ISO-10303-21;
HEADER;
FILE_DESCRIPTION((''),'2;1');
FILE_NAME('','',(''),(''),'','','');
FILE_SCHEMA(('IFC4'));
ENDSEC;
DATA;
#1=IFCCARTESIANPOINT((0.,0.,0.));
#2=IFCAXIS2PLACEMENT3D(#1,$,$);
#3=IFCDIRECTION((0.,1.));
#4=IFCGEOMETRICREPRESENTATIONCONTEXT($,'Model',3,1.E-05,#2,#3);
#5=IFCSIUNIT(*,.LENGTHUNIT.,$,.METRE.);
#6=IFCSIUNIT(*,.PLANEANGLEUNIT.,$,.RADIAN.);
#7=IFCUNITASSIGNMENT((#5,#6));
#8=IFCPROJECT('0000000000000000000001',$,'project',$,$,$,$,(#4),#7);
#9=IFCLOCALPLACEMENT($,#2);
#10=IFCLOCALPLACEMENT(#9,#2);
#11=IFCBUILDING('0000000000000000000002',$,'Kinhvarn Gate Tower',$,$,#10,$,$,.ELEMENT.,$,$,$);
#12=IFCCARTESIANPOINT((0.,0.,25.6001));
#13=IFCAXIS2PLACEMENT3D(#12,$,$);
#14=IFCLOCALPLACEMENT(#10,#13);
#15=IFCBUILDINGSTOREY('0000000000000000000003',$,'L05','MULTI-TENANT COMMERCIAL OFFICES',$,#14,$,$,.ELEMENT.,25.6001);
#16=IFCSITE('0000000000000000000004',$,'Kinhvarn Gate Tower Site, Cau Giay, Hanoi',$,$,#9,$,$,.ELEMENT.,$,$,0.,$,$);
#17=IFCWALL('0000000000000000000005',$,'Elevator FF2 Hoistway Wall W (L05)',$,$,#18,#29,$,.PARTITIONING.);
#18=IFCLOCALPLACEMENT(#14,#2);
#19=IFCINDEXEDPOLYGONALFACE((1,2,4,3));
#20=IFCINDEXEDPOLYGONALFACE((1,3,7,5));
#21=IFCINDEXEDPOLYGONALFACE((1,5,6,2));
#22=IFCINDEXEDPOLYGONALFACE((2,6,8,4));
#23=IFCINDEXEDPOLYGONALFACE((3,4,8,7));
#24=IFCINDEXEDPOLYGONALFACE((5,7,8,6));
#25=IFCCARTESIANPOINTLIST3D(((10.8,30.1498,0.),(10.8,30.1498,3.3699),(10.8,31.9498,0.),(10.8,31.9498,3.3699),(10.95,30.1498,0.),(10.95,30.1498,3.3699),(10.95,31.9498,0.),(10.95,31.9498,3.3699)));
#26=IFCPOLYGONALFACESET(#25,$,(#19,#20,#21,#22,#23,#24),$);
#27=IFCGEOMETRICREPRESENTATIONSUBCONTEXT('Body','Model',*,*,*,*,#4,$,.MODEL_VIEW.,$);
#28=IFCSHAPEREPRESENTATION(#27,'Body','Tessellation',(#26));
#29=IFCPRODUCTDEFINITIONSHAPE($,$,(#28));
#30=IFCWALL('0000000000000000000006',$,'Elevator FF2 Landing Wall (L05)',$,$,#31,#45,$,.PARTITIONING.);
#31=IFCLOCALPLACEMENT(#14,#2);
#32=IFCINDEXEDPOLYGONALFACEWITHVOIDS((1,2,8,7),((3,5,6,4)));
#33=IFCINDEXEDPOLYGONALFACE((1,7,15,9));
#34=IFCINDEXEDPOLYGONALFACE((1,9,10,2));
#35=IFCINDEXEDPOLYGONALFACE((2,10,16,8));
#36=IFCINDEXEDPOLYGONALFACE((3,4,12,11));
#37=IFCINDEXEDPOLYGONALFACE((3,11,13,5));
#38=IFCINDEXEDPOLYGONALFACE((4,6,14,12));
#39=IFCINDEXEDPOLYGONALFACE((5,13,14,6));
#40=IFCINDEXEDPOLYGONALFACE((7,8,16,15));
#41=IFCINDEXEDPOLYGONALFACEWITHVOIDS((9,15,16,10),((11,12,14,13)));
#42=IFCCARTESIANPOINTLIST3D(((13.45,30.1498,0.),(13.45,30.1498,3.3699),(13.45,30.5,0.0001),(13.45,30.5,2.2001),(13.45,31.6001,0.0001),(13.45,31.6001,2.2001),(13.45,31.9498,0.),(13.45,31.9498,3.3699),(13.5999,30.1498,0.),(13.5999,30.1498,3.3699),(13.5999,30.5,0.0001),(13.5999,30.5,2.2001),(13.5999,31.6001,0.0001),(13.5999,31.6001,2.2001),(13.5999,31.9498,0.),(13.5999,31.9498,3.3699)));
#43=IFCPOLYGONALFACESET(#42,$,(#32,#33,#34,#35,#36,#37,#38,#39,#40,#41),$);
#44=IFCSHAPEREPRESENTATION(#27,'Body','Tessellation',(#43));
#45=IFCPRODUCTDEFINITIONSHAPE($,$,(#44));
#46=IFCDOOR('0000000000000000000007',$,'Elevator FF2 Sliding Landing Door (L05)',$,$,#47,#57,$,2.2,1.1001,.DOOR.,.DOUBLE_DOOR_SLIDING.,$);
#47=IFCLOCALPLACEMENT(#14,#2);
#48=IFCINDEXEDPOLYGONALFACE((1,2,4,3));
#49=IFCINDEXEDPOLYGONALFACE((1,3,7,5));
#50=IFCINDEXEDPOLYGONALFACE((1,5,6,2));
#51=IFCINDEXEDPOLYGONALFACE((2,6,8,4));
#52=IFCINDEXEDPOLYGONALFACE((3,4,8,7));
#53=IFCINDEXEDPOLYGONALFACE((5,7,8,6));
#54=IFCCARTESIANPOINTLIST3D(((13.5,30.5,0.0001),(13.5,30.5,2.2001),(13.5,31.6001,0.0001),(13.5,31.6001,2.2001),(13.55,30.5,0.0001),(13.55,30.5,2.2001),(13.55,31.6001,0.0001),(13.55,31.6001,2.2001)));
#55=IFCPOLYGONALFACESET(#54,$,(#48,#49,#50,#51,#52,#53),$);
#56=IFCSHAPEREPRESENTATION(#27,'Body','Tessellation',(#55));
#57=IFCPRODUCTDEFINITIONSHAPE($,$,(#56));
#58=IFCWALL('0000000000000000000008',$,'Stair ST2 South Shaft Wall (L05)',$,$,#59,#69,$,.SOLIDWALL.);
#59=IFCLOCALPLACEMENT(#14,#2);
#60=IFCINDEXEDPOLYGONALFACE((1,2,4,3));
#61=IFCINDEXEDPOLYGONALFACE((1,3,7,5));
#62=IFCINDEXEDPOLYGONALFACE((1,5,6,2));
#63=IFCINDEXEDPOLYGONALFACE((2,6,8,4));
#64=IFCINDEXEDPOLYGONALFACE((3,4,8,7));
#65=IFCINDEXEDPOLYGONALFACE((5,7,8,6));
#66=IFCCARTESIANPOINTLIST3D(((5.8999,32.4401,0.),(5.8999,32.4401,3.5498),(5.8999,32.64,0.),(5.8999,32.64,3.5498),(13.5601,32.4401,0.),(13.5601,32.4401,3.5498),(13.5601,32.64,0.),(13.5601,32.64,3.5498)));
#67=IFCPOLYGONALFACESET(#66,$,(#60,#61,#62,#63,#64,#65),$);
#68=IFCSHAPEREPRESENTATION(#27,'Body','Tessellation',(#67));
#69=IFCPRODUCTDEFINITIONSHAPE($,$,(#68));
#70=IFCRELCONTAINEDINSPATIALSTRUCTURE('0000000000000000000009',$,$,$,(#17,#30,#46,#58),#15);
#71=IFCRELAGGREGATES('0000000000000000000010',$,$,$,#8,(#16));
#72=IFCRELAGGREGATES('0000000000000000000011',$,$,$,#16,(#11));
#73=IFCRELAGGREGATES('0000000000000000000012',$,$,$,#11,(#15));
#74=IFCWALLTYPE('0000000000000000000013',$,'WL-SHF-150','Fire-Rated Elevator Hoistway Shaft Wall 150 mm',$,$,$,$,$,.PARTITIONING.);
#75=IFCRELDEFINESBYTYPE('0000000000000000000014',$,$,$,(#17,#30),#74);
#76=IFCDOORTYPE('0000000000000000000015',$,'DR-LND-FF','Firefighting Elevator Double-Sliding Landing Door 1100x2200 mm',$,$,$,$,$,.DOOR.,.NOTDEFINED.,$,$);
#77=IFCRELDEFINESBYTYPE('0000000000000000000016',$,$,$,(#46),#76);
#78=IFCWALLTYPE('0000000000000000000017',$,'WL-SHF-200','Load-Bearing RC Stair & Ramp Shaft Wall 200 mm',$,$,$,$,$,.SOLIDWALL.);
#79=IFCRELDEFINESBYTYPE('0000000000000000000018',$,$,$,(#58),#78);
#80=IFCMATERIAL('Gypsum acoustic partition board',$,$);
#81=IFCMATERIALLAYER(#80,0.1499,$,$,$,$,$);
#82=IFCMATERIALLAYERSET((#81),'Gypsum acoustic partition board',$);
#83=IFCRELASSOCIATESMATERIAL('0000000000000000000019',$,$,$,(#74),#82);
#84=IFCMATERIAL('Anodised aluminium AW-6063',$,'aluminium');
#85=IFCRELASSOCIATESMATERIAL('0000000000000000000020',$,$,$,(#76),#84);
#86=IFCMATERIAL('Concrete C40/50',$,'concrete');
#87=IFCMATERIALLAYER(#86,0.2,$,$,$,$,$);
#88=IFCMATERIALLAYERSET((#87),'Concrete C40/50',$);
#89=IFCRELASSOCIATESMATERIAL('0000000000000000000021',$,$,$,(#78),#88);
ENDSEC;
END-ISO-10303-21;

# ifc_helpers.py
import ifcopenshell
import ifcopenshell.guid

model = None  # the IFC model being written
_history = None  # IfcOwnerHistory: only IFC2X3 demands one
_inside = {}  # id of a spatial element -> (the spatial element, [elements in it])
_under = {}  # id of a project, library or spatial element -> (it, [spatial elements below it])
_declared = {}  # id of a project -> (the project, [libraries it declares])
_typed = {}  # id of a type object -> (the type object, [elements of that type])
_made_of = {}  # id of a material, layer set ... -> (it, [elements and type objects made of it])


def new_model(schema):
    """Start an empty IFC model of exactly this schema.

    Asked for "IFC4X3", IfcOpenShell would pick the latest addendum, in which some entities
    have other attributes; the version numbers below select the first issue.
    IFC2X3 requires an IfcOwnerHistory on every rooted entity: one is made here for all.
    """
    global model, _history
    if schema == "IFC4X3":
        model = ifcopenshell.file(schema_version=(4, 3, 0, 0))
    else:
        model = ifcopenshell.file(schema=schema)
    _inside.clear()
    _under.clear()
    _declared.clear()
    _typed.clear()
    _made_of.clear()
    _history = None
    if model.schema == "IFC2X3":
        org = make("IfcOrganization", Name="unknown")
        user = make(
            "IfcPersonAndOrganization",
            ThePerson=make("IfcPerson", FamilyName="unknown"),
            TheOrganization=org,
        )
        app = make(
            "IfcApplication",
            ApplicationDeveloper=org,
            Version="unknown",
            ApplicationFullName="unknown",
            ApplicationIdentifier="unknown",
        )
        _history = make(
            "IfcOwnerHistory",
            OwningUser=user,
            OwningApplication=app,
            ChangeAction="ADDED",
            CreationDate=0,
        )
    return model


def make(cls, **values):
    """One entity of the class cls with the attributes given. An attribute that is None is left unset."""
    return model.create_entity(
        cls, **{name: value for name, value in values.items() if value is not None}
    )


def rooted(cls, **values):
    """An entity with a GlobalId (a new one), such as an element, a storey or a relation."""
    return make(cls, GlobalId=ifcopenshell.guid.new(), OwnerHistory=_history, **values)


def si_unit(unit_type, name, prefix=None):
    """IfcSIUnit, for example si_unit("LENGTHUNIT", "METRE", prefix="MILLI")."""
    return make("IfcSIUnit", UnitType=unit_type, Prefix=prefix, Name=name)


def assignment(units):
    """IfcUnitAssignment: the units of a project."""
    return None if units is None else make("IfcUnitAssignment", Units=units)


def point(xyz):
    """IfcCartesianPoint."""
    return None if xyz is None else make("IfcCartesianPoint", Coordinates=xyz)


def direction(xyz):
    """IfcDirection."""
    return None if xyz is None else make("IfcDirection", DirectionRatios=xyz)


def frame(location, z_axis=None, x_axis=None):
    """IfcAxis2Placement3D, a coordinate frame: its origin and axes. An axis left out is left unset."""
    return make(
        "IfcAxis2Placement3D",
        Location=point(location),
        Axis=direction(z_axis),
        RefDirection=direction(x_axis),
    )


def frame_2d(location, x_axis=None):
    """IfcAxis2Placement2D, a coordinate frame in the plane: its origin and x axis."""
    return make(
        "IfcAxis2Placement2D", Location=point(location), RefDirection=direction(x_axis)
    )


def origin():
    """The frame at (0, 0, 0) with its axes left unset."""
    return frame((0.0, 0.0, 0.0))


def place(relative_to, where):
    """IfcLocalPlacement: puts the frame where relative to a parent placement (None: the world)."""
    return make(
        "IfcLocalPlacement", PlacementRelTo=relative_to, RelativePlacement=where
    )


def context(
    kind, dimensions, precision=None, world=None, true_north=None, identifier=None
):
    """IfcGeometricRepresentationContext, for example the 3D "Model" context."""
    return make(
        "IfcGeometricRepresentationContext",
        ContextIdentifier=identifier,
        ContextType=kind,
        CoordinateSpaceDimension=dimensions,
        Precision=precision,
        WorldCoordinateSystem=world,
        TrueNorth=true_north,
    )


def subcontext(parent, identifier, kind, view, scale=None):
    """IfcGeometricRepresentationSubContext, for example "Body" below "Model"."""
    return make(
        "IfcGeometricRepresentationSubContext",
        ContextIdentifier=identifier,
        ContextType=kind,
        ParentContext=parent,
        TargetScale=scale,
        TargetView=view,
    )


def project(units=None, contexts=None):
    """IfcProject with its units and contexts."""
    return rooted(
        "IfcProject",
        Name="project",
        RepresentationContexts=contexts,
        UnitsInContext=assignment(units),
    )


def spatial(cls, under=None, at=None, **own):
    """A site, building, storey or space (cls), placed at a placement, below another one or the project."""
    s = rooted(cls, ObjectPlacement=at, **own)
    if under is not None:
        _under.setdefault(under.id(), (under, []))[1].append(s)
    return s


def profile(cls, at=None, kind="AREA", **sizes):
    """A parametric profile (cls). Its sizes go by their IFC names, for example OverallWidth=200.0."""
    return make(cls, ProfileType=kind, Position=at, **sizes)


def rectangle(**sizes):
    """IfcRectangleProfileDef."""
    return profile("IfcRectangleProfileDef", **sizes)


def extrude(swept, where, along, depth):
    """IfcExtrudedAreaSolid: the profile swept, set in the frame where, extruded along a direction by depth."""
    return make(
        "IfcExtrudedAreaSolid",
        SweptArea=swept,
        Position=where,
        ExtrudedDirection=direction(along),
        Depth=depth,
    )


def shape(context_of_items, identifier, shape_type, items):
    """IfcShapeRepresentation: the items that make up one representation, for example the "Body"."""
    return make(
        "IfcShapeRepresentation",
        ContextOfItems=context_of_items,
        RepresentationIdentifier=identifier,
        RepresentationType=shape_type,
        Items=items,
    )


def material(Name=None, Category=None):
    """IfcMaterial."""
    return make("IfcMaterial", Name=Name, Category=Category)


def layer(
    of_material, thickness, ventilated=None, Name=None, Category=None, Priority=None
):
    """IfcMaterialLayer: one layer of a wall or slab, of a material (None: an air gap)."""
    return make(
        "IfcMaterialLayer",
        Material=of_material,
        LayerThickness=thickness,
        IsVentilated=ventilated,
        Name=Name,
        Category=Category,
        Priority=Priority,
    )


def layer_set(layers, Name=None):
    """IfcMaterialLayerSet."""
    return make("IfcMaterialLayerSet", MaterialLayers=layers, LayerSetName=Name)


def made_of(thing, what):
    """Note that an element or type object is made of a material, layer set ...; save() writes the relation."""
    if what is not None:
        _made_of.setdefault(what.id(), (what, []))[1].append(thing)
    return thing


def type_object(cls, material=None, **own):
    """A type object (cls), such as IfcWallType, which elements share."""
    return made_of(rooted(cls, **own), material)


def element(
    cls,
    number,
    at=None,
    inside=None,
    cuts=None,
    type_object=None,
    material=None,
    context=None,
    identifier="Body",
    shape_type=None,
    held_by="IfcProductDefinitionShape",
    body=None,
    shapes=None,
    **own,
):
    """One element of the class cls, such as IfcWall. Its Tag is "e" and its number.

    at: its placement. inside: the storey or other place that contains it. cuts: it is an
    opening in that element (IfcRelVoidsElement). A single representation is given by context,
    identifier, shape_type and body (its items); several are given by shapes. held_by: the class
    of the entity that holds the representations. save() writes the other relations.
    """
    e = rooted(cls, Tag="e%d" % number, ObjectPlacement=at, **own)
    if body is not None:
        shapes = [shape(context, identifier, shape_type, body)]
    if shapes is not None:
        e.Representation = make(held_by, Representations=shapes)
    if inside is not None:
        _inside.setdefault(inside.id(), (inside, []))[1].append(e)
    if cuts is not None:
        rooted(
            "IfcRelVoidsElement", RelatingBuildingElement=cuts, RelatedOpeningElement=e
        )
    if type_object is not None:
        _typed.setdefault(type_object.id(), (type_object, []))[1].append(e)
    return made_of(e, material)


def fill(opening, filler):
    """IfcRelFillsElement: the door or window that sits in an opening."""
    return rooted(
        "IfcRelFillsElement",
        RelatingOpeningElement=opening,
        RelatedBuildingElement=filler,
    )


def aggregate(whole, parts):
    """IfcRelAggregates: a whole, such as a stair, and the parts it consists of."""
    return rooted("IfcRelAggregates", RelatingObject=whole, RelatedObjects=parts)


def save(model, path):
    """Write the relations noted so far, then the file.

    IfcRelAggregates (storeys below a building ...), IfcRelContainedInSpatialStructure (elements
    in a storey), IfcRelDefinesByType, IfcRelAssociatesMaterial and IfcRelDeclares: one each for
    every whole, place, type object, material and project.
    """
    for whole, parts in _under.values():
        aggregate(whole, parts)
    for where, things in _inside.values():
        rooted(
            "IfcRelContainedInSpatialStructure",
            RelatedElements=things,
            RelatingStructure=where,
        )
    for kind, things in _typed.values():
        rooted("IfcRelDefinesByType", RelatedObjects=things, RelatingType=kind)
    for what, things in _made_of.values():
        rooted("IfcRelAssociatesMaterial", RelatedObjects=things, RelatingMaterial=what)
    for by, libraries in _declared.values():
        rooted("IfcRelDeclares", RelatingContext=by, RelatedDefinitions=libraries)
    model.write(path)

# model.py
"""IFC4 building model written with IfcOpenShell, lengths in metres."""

from ifc_helpers import new_model, si_unit, direction, frame, frame_2d, origin, place, context, subcontext, project, spatial, rectangle, extrude, material, layer, layer_set, type_object, element, fill, save


model = new_model("IFC4")

# Units and contexts
model_context = context("Model", 3, precision=1e-05, world=origin(), true_north=direction((0.0, 1.0)))
body_context = subcontext(model_context, "Body", "Model", "MODEL_VIEW")
ifc_project = project(units=[si_unit("LENGTHUNIT", "METRE"), si_unit("PLANEANGLEUNIT", "RADIAN")], contexts=[model_context])

# Site, building, storey
site_placement = place(None, origin())
site = spatial("IfcSite", under=ifc_project, at=site_placement, Name="Kinhvarn Gate Tower Site, Cau Giay, Hanoi", CompositionType="ELEMENT", RefElevation=0.0)
building_placement = place(site_placement, origin())
building = spatial("IfcBuilding", under=site, at=building_placement, Name="Kinhvarn Gate Tower", CompositionType="ELEMENT")
storey_placement = place(building_placement, frame((0.0, 0.0, 25.6001)))
storey = spatial("IfcBuildingStorey", under=building, at=storey_placement, Name="L05", Description="MULTI-TENANT COMMERCIAL OFFICES", CompositionType="ELEMENT", Elevation=25.6001)

# Shared definitions
ifc_material_1 = material(Name="Gypsum acoustic partition board")
ifc_layer_1 = layer(ifc_material_1, 0.1499)
ifc_layer_set_1 = layer_set([ifc_layer_1], Name="Gypsum acoustic partition board")
wall_type_1 = type_object("IfcWallType", Name="WL-SHF-150", Description="Fire-Rated Elevator Hoistway Shaft Wall 150 mm", PredefinedType="PARTITIONING", material=ifc_layer_set_1)

# Shared definitions
ifc_material_2 = material(Name="Anodised aluminium AW-6063", Category="aluminium")

# Wall
wall_1_placement = place(storey_placement, frame((10.875, 30.1499, 0.0), z_axis=(0.0, 0.0, 1.0), x_axis=(0.0, 1.0, 0.0)))
element("IfcWall", 1, at=wall_1_placement, inside=storey, type_object=wall_type_1, Name="Elevator FF2 Hoistway Wall W (L05)", PredefinedType="PARTITIONING", context=body_context, shape_type="SweptSolid", body=[
    extrude(rectangle(XDim=1.8, YDim=0.1499, at=frame_2d((0.8999, 0.0))), origin(), (0.0, 0.0, 1.0), 3.3699),
])

# Wall, opening, door
wall_2_placement = place(storey_placement, frame((13.5249, 30.1499, 0.0), z_axis=(0.0, 0.0, 1.0), x_axis=(0.0, 1.0, 0.0)))
wall_2 = element("IfcWall", 2, at=wall_2_placement, inside=storey, type_object=wall_type_1, Name="Elevator FF2 Landing Wall (L05)", PredefinedType="PARTITIONING", context=body_context, shape_type="SweptSolid", body=[
    extrude(rectangle(XDim=1.8, YDim=0.1499, at=frame_2d((0.8999, 0.0))), origin(), (0.0, 0.0, 1.0), 3.3699),
])
opening_1_placement = place(wall_2_placement, frame((0.3501, 0.0, 0.0)))
opening_1 = element("IfcOpeningElement", 3, at=opening_1_placement, cuts=wall_2, PredefinedType="OPENING", context=body_context, shape_type="SweptSolid", body=[
    extrude(rectangle(XDim=1.1001, YDim=2.2, at=frame_2d((0.55, 1.1001))), frame((0.0, 0.085, 0.0), z_axis=(0.0, -1.0, 0.0), x_axis=(1.0, 0.0, 0.0)), (0.0, 0.0, 1.0), 0.1699),
])
door_type_1 = type_object("IfcDoorType", Name="DR-LND-FF", Description="Firefighting Elevator Double-Sliding Landing Door 1100x2200 mm", OperationType="NOTDEFINED", PredefinedType="DOOR", material=ifc_material_2)
door_1_placement = place(opening_1_placement, origin())
door_1 = element("IfcDoor", 4, at=door_1_placement, inside=storey, type_object=door_type_1, Name="Elevator FF2 Sliding Landing Door (L05)", OperationType="DOUBLE_DOOR_SLIDING", OverallHeight=2.2, OverallWidth=1.1001, PredefinedType="DOOR", context=body_context, shape_type="SweptSolid", body=[
    extrude(rectangle(XDim=1.1001, YDim=2.2, at=frame_2d((0.55, 1.1001))), frame((0.0, 0.0249, 0.0), z_axis=(0.0, -1.0, 0.0), x_axis=(1.0, 0.0, 0.0)), (0.0, 0.0, 1.0), 0.05),
])
fill(opening_1, door_1)

# Wall
ifc_material_3 = material(Name="Concrete C40/50", Category="concrete")
ifc_layer_2 = layer(ifc_material_3, 0.2)
ifc_layer_set_2 = layer_set([ifc_layer_2], Name="Concrete C40/50")
wall_type_2 = type_object("IfcWallType", Name="WL-SHF-200", Description="Load-Bearing RC Stair & Ramp Shaft Wall 200 mm", PredefinedType="SOLIDWALL", material=ifc_layer_set_2)
wall_3_placement = place(storey_placement, frame((5.8999, 32.54, 0.0), z_axis=(0.0, 0.0, 1.0), x_axis=(1.0, 0.0, 0.0)))
element("IfcWall", 5, at=wall_3_placement, inside=storey, type_object=wall_type_2, Name="Stair ST2 South Shaft Wall (L05)", PredefinedType="SOLIDWALL", context=body_context, shape_type="SweptSolid", body=[
    extrude(rectangle(XDim=7.6602, YDim=0.2, at=frame_2d((3.8301, 0.0))), origin(), (0.0, 0.0, 1.0), 3.5498),
])

save(model, "model.ifc")
